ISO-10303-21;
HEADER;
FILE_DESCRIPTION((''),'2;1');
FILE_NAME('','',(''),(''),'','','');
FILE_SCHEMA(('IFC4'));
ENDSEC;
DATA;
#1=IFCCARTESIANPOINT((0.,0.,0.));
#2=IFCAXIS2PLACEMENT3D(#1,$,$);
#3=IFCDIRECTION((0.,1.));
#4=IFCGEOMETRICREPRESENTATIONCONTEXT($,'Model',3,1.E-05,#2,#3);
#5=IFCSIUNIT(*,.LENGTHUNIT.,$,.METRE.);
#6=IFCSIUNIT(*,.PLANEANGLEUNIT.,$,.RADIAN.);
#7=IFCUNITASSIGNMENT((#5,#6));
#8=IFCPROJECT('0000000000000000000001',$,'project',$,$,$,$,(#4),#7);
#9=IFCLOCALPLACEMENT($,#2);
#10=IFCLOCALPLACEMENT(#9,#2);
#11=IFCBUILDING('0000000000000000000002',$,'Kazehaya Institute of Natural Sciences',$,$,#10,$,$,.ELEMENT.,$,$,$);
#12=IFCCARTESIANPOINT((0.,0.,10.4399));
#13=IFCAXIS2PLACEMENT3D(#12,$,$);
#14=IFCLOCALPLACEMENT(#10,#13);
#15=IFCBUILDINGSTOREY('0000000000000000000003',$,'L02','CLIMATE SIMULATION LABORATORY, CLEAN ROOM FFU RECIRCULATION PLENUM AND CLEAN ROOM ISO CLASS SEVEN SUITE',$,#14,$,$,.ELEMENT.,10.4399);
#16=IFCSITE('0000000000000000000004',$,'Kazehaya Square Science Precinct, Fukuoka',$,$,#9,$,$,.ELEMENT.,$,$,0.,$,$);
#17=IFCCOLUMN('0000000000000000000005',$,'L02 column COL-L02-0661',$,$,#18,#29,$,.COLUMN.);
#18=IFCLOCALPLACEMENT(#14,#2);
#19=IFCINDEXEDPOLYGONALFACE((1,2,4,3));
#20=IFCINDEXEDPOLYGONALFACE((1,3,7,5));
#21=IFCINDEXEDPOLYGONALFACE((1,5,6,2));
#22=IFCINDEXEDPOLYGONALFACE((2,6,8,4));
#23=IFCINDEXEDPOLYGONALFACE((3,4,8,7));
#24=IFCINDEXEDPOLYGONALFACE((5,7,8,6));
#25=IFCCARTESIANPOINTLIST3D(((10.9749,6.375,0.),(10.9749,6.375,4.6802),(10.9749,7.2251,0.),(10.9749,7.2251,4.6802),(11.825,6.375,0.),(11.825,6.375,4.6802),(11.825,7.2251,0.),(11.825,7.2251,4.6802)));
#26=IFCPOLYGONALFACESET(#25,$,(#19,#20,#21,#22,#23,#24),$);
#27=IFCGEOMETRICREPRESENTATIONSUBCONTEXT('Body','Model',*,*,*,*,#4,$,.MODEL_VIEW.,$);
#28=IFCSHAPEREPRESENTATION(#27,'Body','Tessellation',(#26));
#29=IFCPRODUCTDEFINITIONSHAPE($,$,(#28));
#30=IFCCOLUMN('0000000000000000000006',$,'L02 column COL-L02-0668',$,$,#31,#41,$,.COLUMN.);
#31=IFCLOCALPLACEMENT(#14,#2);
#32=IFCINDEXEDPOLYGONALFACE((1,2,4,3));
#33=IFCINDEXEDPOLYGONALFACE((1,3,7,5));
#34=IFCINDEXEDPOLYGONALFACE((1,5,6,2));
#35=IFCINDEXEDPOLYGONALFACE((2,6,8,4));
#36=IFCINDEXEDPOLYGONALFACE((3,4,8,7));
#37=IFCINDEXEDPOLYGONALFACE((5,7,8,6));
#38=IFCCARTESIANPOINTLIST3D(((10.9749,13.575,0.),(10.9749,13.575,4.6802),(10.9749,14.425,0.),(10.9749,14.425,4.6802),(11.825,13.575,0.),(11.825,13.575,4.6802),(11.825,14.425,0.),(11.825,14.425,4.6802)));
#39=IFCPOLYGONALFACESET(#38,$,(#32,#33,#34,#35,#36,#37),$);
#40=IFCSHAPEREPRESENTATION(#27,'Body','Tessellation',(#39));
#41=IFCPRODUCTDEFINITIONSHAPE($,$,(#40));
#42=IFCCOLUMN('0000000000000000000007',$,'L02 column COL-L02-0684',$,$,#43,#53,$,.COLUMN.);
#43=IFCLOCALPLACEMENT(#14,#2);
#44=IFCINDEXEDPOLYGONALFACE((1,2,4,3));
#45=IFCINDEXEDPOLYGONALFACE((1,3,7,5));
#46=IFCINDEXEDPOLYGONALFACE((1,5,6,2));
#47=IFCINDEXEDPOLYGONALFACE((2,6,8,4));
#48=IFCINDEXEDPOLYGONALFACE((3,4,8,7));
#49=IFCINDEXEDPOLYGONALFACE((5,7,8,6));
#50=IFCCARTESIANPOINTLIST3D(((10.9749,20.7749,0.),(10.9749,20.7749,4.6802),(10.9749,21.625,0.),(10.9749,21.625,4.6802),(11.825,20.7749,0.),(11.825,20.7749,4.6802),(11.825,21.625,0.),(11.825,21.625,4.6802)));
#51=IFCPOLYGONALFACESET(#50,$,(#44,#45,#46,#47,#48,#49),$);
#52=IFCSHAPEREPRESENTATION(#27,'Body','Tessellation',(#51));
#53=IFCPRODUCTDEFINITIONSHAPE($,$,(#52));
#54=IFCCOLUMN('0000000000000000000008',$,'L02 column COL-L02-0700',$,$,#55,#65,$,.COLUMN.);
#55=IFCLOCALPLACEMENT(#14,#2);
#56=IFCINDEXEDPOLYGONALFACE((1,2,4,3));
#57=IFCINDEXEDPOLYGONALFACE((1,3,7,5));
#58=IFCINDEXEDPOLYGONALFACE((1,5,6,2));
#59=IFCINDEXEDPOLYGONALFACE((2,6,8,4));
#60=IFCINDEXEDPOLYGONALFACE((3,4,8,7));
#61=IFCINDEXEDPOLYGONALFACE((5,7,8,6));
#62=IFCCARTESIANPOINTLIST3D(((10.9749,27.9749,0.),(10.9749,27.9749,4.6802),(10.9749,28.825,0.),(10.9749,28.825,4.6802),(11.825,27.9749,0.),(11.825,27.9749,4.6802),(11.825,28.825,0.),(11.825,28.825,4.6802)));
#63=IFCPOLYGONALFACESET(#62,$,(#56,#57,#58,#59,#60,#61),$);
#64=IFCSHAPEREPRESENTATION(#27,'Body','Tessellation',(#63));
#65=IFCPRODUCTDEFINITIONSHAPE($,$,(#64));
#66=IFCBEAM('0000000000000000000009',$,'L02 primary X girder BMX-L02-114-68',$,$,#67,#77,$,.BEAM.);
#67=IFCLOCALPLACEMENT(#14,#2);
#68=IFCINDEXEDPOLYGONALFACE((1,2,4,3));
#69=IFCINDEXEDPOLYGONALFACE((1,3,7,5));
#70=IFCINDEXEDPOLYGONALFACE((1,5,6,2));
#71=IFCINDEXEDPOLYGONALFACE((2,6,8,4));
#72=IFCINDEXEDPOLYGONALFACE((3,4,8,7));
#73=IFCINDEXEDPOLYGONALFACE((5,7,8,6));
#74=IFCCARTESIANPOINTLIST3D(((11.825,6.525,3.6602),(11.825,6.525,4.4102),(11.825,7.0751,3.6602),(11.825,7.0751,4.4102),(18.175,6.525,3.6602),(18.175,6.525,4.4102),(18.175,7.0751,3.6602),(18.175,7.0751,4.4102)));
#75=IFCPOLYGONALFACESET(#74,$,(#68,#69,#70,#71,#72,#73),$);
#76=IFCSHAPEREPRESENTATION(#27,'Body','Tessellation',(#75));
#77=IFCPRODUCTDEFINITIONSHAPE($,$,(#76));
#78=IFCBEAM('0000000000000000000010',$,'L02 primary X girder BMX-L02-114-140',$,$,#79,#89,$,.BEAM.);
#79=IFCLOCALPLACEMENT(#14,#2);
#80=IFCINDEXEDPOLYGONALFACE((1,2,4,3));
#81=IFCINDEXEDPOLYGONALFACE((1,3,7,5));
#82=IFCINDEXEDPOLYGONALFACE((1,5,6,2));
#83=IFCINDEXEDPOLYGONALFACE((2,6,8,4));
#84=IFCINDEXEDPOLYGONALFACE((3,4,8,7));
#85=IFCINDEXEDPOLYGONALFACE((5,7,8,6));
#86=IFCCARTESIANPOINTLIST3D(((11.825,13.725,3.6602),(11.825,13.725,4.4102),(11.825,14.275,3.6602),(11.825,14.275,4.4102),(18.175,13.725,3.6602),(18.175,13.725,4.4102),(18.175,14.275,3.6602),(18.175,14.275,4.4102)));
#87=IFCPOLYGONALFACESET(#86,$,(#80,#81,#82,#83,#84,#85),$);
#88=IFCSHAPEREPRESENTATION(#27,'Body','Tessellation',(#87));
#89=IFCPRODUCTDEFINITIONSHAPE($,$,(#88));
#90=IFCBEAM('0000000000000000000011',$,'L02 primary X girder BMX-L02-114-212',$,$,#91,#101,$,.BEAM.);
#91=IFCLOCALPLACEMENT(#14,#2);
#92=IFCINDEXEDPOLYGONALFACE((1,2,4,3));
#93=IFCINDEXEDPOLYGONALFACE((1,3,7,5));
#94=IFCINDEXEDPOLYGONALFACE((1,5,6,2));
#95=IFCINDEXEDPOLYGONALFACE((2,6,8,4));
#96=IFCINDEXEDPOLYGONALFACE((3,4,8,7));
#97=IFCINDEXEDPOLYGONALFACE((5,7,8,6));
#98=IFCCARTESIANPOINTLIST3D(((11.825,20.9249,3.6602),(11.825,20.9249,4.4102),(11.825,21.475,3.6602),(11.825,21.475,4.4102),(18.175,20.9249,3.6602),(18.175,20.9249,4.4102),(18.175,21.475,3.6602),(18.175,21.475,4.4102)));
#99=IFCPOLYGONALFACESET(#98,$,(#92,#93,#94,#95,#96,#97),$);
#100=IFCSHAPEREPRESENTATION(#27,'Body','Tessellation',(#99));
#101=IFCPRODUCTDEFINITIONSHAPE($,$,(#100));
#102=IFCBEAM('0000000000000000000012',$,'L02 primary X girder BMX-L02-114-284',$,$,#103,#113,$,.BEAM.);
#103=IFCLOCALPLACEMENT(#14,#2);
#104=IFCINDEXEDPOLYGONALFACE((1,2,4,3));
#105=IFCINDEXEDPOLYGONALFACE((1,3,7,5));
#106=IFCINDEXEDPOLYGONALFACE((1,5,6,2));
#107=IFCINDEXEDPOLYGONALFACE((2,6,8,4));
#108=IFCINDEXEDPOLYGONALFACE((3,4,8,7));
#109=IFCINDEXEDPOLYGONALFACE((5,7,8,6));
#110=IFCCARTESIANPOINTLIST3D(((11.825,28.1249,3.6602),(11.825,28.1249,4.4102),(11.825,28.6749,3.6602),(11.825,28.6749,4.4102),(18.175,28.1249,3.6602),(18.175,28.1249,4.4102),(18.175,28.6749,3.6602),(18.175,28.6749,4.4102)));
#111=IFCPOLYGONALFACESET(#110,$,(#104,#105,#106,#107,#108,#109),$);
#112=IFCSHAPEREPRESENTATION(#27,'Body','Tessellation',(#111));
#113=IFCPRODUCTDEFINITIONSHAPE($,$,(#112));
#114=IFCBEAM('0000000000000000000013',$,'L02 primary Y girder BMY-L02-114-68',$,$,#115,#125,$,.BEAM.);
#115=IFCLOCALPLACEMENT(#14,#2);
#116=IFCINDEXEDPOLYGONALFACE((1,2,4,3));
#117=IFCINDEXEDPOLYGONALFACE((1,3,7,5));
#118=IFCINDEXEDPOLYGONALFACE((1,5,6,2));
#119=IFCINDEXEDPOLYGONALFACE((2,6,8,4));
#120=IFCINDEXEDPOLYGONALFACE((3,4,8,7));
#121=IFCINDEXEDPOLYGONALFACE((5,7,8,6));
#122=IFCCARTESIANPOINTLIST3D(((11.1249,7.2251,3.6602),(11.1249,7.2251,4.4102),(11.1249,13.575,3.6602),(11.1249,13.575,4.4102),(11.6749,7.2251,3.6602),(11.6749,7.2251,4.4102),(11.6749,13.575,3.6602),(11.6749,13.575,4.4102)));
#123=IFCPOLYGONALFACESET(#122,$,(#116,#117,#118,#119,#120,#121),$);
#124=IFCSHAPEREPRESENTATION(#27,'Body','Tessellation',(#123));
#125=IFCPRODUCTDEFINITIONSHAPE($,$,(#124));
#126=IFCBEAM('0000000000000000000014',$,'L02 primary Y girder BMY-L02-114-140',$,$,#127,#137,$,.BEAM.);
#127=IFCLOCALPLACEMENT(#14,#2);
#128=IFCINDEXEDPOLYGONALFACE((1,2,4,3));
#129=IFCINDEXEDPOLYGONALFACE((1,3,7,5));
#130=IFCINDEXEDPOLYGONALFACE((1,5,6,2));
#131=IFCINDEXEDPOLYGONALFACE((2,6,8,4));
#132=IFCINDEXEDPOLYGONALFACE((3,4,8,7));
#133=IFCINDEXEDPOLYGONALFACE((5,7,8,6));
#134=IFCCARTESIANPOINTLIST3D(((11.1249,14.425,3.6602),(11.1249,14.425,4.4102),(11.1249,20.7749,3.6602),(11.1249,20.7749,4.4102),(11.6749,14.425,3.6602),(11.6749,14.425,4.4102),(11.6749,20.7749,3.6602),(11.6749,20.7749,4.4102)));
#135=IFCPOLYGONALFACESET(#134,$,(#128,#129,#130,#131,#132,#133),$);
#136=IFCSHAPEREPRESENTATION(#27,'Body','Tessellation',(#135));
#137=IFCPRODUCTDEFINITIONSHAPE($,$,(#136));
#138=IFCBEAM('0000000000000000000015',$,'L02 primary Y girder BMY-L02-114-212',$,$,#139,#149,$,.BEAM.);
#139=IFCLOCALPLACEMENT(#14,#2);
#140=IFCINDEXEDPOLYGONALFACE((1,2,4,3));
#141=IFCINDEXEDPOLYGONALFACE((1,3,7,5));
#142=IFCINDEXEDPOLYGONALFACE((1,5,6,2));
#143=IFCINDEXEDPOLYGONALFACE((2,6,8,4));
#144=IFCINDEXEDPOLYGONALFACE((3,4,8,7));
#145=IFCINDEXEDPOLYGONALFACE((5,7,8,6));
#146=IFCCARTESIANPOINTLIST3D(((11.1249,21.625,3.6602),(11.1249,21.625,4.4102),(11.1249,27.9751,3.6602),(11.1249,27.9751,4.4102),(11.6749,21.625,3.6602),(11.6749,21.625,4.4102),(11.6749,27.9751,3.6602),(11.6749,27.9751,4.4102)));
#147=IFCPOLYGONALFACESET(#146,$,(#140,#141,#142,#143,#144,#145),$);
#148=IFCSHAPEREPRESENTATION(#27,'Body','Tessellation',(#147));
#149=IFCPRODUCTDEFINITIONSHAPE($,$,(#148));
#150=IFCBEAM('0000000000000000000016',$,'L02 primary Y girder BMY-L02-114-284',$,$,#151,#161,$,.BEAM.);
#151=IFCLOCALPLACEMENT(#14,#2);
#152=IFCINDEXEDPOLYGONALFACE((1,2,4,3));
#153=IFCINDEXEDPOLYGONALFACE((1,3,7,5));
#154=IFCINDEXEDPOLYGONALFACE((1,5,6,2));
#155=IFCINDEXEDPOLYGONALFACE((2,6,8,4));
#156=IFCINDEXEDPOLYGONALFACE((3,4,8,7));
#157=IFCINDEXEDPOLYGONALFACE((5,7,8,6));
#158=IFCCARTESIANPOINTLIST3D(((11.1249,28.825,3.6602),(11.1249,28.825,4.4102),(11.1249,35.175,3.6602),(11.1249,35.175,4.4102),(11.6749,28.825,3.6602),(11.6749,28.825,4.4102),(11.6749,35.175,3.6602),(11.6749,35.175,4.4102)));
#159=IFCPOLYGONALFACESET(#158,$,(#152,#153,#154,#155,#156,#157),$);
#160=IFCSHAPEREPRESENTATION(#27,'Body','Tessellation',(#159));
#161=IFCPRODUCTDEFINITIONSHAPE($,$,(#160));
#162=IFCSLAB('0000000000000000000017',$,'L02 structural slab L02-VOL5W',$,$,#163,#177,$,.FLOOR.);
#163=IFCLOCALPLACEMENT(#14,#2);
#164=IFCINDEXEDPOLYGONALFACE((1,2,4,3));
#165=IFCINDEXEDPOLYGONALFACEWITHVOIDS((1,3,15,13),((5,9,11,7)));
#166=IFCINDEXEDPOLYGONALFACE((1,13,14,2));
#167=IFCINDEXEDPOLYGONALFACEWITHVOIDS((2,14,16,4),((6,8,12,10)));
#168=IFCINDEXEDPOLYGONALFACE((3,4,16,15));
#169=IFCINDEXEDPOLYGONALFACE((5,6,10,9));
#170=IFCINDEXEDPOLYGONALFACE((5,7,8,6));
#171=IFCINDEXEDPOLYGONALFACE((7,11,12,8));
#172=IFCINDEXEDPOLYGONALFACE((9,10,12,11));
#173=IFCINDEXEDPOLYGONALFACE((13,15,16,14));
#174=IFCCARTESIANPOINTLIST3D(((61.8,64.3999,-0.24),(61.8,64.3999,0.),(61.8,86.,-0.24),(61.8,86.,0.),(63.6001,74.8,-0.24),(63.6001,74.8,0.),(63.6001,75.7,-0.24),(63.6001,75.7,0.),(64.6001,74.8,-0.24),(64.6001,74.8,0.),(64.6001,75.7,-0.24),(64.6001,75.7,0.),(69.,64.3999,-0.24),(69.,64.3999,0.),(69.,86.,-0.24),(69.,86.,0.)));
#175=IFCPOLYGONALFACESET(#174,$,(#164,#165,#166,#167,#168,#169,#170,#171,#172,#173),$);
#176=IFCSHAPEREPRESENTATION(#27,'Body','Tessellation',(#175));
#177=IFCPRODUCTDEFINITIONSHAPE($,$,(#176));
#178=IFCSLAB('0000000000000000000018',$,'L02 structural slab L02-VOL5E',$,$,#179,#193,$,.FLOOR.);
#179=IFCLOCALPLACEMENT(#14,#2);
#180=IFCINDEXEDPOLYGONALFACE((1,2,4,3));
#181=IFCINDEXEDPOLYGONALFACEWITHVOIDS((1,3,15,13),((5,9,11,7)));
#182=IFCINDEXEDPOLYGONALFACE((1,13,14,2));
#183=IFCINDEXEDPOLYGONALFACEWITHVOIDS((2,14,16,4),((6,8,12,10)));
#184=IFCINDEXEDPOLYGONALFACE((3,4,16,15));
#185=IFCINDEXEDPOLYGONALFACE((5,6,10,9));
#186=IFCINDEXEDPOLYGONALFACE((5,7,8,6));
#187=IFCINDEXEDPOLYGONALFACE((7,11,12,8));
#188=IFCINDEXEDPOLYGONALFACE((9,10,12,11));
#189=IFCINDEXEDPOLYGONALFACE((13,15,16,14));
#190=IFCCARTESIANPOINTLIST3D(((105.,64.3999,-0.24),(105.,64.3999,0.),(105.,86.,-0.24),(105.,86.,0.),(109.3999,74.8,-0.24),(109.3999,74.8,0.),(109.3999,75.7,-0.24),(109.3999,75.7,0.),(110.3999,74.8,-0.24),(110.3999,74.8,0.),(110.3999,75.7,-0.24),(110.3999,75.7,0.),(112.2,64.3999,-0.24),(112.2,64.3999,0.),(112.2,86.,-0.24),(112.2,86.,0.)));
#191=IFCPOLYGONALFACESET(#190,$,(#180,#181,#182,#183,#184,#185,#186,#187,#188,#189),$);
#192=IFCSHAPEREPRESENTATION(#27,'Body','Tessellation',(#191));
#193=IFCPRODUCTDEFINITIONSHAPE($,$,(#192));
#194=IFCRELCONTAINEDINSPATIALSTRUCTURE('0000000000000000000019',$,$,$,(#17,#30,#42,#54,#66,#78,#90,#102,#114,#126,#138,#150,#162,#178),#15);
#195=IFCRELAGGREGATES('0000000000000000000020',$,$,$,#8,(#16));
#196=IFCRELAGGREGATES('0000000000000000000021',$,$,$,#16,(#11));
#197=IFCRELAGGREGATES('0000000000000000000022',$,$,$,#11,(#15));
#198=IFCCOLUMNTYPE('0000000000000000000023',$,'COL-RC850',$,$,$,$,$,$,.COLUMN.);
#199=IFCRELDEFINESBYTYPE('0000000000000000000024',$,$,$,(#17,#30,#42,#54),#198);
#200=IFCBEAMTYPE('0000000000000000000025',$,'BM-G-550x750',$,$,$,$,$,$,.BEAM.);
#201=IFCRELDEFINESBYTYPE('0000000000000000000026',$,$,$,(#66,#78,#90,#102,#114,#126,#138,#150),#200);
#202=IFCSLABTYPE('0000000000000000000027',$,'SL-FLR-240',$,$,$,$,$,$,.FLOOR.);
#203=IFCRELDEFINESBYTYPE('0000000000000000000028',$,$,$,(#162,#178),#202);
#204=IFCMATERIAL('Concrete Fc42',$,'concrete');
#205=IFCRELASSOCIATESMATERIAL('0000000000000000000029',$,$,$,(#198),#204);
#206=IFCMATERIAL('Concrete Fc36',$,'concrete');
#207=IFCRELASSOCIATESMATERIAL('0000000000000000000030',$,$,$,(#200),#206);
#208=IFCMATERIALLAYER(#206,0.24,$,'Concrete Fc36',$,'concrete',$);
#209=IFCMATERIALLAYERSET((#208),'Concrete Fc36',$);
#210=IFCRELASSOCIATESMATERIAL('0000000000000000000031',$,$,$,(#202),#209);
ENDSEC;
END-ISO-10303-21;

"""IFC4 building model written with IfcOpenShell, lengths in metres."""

from ifc_helpers import new_model, si_unit, direction, frame, origin, origin_2d, place, context, subcontext, project, spatial, polyline, rectangle, outline, extrude, material, layer, layer_set, material_profile, profile_set, type_object, element, save


model = new_model("IFC4")

# Units and contexts
model_context = context("Model", 3, precision=1e-05, world=origin(), true_north=direction((0.0, 1.0)))
body_context = subcontext(model_context, "Body", "Model", "MODEL_VIEW")
ifc_project = project(units=[si_unit("LENGTHUNIT", "METRE"), si_unit("PLANEANGLEUNIT", "RADIAN")], contexts=[model_context])

# Site, building, storey
site_placement = place(None, origin())
site = spatial("IfcSite", under=ifc_project, at=site_placement, Name="Kazehaya Square Science Precinct, Fukuoka", CompositionType="ELEMENT", RefElevation=0.0)
building_placement = place(site_placement, origin())
building = spatial("IfcBuilding", under=site, at=building_placement, Name="Kazehaya Institute of Natural Sciences", CompositionType="ELEMENT")
storey_placement = place(building_placement, frame((0.0, 0.0, 10.4399)))
storey = spatial("IfcBuildingStorey", under=building, at=storey_placement, Name="L02", Description="CLIMATE SIMULATION LABORATORY, CLEAN ROOM FFU RECIRCULATION PLENUM AND CLEAN ROOM ISO CLASS SEVEN SUITE", CompositionType="ELEMENT", Elevation=10.4399)

# Columns
ifc_material_1 = material(Name="Concrete Fc42", Category="concrete")
ifc_material_profile_1 = material_profile(ifc_material_1, rectangle(XDim=0.8501, YDim=0.8501, at=origin_2d()), Name="RC-850x850")
ifc_profile_set_1 = profile_set([ifc_material_profile_1], Name="Concrete Fc42")
column_type = type_object("IfcColumnType", Name="COL-RC850", PredefinedType="COLUMN", material=ifc_profile_set_1)
for number, where, z_axis, x_axis, name in (
    (1, (11.3999, 6.8, 0.0), (0.0, 0.0, 1.0), (1.0, 0.0, 0.0), "L02 column COL-L02-0661"),
    (2, (11.3999, 14.0, 0.0), (0.0, 0.0, 1.0), (1.0, 0.0, 0.0), "L02 column COL-L02-0668"),
    (3, (11.3999, 21.2, 0.0), (0.0, 0.0, 1.0), (1.0, 0.0, 0.0), "L02 column COL-L02-0684"),
    (4, (11.3999, 28.3999, 0.0), (0.0, 0.0, 1.0), (1.0, 0.0, 0.0), "L02 column COL-L02-0700"),
):
    element("IfcColumn", number, at=place(storey_placement, frame(where, z_axis=z_axis, x_axis=x_axis)), inside=storey, type_object=column_type, Name=name, PredefinedType="COLUMN", context=body_context, shape_type="SweptSolid", body=[
        extrude(rectangle(XDim=0.8501, YDim=0.8501, at=origin_2d()), origin(), (0.0, 0.0, 1.0), 4.6802),
    ])

# Beams
ifc_material_2 = material(Name="Concrete Fc36", Category="concrete")
ifc_material_profile_2 = material_profile(ifc_material_2, rectangle(XDim=0.55, YDim=0.75, at=origin_2d()), Name="RC-550x750")
ifc_profile_set_2 = profile_set([ifc_material_profile_2], Name="Concrete Fc36")
beam_type = type_object("IfcBeamType", Name="BM-G-550x750", PredefinedType="BEAM", material=ifc_profile_set_2)
for number, where, z_axis, x_axis, name in (
    (5, (11.825, 6.8, 4.0352), (1.0, 0.0, 0.0), (0.0, 1.0, 0.0), "L02 primary X girder BMX-L02-114-68"),
    (6, (11.825, 14.0, 4.0352), (1.0, 0.0, 0.0), (0.0, 1.0, 0.0), "L02 primary X girder BMX-L02-114-140"),
    (7, (11.825, 21.2, 4.0352), (1.0, 0.0, 0.0), (0.0, 1.0, 0.0), "L02 primary X girder BMX-L02-114-212"),
    (8, (11.825, 28.3999, 4.0352), (1.0, 0.0, 0.0), (0.0, 1.0, 0.0), "L02 primary X girder BMX-L02-114-284"),
):
    element("IfcBeam", number, at=place(storey_placement, frame(where, z_axis=z_axis, x_axis=x_axis)), inside=storey, type_object=beam_type, Name=name, PredefinedType="BEAM", context=body_context, shape_type="SweptSolid", body=[
        extrude(rectangle(XDim=0.55, YDim=0.75, at=origin_2d()), origin(), (0.0, 0.0, 1.0), 6.3501),
    ])
for number, where, z_axis, x_axis, name in (
    (9, (11.3999, 7.2251, 4.0352), (0.0, 1.0, 0.0), (-1.0, 0.0, 0.0), "L02 primary Y girder BMY-L02-114-68"),
    (10, (11.3999, 14.425, 4.0352), (0.0, 1.0, 0.0), (-1.0, 0.0, 0.0), "L02 primary Y girder BMY-L02-114-140"),
):
    element("IfcBeam", number, at=place(storey_placement, frame(where, z_axis=z_axis, x_axis=x_axis)), inside=storey, type_object=beam_type, Name=name, PredefinedType="BEAM", context=body_context, shape_type="SweptSolid", body=[
        extrude(rectangle(XDim=0.55, YDim=0.75, at=origin_2d()), origin(), (0.0, 0.0, 1.0), 6.3499),
    ])
for number, where, z_axis, x_axis, name in (
    (11, (11.3999, 21.625, 4.0352), (0.0, 1.0, 0.0), (-1.0, 0.0, 0.0), "L02 primary Y girder BMY-L02-114-212"),
    (12, (11.3999, 28.825, 4.0352), (0.0, 1.0, 0.0), (-1.0, 0.0, 0.0), "L02 primary Y girder BMY-L02-114-284"),
):
    element("IfcBeam", number, at=place(storey_placement, frame(where, z_axis=z_axis, x_axis=x_axis)), inside=storey, type_object=beam_type, Name=name, PredefinedType="BEAM", context=body_context, shape_type="SweptSolid", body=[
        extrude(rectangle(XDim=0.55, YDim=0.75, at=origin_2d()), origin(), (0.0, 0.0, 1.0), 6.3501),
    ])

# Slabs
ifc_layer_1 = layer(ifc_material_2, 0.24, Name="Concrete Fc36", Category="concrete")
ifc_layer_set_1 = layer_set([ifc_layer_1], Name="Concrete Fc36")
slab_type_1 = type_object("IfcSlabType", Name="SL-FLR-240", PredefinedType="FLOOR", material=ifc_layer_set_1)
slab_1_placement = place(storey_placement, frame((0.0, 0.0, -0.24)))
element("IfcSlab", 13, at=slab_1_placement, inside=storey, type_object=slab_type_1, Name="L02 structural slab L02-VOL5W", PredefinedType="FLOOR", context=body_context, shape_type="SweptSolid", body=[
    extrude(outline(polyline([(61.8, 64.3999), (69.0, 64.3999), (69.0, 86.0), (61.8, 86.0), (61.8, 64.3999)]), holes=[polyline([(63.6001, 74.8), (64.6001, 74.8), (64.6001, 75.7), (63.6001, 75.7), (63.6001, 74.8)])]), origin(), (0.0, 0.0, 1.0), 0.24),
])
slab_2_placement = place(storey_placement, frame((0.0, 0.0, -0.24)))
element("IfcSlab", 14, at=slab_2_placement, inside=storey, type_object=slab_type_1, Name="L02 structural slab L02-VOL5E", PredefinedType="FLOOR", context=body_context, shape_type="SweptSolid", body=[
    extrude(outline(polyline([(105.0, 64.3999), (112.2, 64.3999), (112.2, 86.0), (105.0, 86.0), (105.0, 64.3999)]), holes=[polyline([(109.3999, 74.8), (110.3999, 74.8), (110.3999, 75.7), (109.3999, 75.7), (109.3999, 74.8)])]), origin(), (0.0, 0.0, 1.0), 0.24),
])

save(model, "model.ifc")
